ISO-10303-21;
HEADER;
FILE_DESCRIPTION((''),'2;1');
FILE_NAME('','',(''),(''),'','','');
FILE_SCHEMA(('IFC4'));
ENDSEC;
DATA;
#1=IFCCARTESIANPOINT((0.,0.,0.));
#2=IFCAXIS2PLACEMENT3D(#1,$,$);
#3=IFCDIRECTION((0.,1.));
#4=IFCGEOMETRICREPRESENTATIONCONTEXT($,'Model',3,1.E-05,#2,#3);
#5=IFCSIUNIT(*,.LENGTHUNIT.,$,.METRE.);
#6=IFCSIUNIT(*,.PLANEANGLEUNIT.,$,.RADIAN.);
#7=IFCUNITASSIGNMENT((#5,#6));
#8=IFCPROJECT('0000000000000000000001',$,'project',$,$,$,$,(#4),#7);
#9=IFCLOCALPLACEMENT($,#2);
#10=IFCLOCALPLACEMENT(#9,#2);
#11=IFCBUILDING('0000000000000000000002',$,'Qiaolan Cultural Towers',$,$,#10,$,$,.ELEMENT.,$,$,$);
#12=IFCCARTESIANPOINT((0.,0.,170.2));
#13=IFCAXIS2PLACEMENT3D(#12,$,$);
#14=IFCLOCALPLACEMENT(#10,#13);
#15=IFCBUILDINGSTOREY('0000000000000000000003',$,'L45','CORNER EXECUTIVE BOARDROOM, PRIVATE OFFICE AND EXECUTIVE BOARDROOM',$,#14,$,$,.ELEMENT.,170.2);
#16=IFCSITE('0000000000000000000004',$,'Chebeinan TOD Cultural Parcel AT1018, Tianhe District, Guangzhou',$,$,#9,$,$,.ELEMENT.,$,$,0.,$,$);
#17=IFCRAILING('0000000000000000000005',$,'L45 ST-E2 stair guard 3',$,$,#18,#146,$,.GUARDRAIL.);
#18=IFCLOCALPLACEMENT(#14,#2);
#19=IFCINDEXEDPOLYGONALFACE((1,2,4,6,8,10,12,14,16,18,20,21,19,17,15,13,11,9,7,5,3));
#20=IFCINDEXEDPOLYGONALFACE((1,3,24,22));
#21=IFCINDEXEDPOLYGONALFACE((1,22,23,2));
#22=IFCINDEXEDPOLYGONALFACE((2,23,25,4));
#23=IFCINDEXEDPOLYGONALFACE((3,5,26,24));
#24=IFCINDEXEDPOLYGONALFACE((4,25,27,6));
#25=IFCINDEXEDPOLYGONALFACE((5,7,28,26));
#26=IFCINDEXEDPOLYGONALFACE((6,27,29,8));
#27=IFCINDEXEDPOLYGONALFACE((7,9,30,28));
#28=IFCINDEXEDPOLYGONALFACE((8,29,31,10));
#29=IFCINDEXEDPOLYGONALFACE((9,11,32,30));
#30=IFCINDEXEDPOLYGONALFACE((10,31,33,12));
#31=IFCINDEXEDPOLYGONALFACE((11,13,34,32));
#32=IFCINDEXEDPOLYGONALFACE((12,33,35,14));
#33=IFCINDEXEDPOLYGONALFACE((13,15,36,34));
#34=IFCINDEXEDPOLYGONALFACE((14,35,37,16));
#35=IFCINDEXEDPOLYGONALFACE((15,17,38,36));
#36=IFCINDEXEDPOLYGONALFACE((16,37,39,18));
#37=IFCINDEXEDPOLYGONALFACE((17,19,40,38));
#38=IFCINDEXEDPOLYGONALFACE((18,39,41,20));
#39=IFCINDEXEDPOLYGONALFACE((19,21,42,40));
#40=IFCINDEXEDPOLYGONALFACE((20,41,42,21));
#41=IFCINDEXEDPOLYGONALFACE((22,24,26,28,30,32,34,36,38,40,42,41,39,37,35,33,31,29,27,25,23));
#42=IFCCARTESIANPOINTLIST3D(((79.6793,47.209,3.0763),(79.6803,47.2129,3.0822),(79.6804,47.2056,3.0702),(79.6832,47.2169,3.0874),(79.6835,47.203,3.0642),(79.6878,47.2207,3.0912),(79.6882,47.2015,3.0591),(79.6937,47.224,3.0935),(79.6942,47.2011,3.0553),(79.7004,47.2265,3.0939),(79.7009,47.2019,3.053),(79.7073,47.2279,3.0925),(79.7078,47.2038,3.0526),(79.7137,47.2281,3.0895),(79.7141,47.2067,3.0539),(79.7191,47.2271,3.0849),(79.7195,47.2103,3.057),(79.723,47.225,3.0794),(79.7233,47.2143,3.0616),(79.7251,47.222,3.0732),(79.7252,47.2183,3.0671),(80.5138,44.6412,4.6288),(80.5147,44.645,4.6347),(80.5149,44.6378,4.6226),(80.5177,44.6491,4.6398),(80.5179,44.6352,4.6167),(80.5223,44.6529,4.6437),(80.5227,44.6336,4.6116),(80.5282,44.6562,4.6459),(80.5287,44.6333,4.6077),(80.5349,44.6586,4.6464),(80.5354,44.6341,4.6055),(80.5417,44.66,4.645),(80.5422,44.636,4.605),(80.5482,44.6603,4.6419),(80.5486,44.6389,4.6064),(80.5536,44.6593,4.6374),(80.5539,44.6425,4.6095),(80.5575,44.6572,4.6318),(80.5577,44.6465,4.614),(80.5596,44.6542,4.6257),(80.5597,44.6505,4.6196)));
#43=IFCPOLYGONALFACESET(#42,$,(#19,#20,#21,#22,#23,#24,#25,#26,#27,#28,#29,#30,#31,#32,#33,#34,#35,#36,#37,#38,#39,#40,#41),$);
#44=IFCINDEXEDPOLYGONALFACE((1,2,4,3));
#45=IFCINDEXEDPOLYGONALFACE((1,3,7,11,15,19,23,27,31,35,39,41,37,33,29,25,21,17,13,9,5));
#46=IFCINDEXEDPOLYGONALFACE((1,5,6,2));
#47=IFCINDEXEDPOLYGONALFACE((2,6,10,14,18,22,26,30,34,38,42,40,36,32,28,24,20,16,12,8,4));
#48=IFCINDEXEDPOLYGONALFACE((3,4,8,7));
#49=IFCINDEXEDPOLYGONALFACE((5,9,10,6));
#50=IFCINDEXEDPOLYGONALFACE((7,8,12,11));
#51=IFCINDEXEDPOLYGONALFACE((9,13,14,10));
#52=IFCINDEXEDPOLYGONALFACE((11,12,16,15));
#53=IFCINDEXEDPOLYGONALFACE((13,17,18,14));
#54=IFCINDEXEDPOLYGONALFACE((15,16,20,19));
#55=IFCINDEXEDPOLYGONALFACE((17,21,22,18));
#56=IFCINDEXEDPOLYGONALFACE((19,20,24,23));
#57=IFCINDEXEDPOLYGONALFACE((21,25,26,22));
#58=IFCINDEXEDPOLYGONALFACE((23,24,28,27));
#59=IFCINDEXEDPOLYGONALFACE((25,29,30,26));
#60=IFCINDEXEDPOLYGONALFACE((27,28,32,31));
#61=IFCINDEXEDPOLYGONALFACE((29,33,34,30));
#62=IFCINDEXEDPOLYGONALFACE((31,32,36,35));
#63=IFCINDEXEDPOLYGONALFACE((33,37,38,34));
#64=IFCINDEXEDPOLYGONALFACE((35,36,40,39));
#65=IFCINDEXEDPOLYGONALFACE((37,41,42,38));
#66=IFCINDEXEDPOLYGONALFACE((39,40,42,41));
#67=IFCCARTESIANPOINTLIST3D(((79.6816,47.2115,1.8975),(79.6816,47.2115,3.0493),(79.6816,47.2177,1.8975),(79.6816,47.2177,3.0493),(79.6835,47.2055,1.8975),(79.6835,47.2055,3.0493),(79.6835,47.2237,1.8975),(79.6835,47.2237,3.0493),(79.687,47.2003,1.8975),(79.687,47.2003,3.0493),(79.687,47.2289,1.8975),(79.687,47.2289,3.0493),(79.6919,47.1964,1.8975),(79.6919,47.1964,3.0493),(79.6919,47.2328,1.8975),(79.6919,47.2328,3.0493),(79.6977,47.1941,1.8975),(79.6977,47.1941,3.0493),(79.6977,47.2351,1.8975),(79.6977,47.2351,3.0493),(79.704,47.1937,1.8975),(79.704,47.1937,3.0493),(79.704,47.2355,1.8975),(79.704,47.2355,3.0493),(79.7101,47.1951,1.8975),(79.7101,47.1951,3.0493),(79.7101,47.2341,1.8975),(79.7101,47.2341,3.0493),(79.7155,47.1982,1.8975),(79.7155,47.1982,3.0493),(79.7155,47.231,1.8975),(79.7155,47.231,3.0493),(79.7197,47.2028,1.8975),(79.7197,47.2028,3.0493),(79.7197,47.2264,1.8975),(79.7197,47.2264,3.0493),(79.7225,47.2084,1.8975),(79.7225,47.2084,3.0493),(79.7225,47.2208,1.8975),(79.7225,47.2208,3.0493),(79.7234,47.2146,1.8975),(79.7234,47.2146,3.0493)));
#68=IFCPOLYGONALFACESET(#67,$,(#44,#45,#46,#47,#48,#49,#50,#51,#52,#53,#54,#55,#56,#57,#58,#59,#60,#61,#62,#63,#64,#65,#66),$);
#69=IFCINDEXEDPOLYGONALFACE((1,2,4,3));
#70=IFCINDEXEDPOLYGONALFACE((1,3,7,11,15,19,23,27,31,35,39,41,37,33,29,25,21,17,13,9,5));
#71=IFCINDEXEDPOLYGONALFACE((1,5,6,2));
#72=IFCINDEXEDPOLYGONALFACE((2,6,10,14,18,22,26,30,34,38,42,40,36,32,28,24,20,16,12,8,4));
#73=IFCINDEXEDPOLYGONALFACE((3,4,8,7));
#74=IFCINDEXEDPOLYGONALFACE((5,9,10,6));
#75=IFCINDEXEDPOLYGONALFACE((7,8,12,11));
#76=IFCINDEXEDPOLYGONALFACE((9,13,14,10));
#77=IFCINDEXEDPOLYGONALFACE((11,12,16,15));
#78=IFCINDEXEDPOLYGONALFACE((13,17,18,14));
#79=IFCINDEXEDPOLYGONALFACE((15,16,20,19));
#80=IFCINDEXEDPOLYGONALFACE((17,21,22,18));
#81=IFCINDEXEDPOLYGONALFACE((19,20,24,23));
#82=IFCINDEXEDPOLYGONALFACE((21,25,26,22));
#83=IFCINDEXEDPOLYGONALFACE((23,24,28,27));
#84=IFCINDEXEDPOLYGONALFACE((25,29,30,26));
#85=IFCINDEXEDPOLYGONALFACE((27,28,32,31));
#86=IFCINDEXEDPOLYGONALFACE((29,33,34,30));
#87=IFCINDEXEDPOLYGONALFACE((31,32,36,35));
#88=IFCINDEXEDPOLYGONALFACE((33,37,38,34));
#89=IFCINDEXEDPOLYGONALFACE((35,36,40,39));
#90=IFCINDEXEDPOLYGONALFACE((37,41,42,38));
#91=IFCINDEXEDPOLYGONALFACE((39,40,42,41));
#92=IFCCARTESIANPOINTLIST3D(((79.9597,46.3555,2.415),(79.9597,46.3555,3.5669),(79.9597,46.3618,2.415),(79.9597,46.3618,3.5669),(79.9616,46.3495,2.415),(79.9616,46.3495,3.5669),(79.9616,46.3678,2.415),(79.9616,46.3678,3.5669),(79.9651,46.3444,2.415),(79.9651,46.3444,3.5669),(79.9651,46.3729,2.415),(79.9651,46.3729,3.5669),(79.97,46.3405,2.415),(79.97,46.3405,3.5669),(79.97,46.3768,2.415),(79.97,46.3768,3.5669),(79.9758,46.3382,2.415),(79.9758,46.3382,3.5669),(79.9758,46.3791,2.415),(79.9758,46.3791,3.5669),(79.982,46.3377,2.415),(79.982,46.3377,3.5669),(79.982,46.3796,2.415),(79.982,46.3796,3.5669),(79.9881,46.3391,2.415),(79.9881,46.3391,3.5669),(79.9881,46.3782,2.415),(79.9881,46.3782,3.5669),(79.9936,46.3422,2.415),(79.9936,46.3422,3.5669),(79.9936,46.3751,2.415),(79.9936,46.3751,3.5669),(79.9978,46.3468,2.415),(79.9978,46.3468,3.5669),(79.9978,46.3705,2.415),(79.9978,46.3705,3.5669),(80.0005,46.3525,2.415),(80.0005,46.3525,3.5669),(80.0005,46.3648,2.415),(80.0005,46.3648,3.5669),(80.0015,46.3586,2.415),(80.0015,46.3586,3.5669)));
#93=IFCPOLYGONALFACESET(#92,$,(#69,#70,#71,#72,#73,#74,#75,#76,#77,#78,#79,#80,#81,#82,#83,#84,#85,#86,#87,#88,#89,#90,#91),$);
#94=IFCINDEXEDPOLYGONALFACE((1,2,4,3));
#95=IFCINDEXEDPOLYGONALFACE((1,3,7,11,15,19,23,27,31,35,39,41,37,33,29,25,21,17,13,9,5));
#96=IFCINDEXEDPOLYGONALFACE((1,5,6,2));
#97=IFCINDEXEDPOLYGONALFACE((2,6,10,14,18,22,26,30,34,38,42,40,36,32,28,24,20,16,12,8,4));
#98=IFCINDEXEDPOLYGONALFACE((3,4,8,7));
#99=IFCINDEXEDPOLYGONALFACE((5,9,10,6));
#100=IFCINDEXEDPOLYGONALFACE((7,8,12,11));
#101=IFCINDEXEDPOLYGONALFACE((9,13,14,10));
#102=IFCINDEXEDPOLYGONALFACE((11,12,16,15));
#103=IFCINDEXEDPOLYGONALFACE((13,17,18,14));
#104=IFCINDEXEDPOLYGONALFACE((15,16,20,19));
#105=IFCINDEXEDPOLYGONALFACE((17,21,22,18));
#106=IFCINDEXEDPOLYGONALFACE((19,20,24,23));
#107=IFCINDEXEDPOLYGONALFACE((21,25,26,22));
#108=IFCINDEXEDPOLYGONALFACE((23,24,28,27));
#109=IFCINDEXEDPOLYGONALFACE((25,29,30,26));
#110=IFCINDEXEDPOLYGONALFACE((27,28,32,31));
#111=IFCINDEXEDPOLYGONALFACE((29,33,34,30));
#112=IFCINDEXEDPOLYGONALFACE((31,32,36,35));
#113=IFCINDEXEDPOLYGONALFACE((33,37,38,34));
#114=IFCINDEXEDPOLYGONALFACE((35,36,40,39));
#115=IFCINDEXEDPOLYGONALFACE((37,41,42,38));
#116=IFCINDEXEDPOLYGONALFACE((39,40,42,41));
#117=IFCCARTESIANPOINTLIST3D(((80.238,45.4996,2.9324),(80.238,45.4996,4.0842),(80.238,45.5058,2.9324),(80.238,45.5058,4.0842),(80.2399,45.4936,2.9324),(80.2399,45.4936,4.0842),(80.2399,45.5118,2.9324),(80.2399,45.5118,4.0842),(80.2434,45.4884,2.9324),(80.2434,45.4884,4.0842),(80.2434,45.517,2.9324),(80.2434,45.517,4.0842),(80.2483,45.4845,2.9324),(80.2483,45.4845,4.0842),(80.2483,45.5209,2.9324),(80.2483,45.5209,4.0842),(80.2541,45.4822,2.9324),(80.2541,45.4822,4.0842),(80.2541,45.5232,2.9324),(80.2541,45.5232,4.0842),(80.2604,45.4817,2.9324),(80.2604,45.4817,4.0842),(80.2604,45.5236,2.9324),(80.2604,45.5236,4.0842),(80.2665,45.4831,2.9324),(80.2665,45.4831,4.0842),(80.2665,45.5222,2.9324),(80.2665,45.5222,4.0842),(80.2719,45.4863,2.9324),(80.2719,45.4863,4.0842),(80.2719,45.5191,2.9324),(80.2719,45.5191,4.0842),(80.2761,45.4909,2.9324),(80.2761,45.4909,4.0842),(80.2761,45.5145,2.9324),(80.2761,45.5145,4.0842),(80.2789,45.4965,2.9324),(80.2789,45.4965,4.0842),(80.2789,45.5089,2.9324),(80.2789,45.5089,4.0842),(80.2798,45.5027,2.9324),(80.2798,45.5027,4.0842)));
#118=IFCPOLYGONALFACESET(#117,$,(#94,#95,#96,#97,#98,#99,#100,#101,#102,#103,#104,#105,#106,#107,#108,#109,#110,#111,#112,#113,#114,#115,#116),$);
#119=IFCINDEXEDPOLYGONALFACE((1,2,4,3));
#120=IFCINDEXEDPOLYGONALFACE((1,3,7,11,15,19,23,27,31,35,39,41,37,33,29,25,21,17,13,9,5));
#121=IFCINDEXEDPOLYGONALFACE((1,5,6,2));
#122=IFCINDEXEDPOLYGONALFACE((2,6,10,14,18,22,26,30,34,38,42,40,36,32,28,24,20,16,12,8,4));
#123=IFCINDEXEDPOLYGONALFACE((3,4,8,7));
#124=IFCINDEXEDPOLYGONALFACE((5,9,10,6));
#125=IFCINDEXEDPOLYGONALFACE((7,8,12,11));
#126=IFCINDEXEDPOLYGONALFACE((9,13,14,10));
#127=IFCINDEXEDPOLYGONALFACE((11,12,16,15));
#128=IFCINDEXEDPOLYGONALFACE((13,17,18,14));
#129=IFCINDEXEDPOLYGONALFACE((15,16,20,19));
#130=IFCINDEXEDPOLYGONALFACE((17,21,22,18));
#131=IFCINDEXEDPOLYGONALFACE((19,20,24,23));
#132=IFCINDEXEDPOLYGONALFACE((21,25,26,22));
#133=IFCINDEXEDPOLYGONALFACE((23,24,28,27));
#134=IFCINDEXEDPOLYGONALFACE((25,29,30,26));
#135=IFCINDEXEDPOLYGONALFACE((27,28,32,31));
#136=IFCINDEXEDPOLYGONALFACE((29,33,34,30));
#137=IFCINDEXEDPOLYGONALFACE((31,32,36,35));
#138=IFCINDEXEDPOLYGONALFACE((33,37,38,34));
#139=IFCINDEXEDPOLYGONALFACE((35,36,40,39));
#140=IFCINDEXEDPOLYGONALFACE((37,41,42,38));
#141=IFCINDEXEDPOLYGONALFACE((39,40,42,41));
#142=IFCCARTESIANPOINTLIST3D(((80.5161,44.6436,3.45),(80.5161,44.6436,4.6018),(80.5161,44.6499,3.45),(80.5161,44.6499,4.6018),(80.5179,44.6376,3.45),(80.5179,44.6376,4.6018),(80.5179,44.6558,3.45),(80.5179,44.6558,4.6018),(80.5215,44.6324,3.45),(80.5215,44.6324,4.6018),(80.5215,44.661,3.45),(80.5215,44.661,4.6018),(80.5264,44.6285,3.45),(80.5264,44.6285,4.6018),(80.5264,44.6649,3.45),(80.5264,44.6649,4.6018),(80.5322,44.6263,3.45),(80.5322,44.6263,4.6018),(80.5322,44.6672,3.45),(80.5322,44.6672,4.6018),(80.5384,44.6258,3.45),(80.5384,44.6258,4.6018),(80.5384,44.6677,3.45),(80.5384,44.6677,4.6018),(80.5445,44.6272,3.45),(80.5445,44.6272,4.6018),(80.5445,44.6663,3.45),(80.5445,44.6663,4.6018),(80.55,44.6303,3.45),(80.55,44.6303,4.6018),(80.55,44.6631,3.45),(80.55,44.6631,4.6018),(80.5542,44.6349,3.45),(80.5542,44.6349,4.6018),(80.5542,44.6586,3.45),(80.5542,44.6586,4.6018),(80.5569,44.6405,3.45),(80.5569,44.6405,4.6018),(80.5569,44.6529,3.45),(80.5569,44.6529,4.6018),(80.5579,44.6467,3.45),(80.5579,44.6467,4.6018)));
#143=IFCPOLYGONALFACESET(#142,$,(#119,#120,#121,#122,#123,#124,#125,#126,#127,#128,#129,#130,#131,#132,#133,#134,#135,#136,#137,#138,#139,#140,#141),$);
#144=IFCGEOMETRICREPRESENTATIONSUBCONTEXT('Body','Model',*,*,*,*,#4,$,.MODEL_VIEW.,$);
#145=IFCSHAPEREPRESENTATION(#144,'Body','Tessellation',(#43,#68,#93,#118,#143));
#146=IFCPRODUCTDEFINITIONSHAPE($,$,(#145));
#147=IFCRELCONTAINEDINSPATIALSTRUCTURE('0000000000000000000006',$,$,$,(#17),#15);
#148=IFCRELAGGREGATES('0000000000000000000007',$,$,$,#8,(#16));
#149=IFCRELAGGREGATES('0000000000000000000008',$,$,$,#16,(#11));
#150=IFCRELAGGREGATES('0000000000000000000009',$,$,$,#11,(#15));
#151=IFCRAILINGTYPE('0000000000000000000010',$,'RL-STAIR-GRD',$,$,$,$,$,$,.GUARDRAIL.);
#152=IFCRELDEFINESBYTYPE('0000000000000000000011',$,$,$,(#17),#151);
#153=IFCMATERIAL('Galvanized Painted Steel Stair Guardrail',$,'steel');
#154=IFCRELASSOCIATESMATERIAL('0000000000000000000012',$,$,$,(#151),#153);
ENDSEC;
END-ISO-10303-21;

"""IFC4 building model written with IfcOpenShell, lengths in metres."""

from ifc_helpers import new_model, si_unit, direction, frame, origin, origin_2d, place, context, subcontext, project, spatial, circle, extrude, material, type_object, element, save


model = new_model("IFC4")

# Units and contexts
model_context = context("Model", 3, precision=1e-05, world=origin(), true_north=direction((0.0, 1.0)))
body_context = subcontext(model_context, "Body", "Model", "MODEL_VIEW")
ifc_project = project(units=[si_unit("LENGTHUNIT", "METRE"), si_unit("PLANEANGLEUNIT", "RADIAN")], contexts=[model_context])

# Site, building, storey
site_placement = place(None, origin())
site = spatial("IfcSite", under=ifc_project, at=site_placement, Name="Chebeinan TOD Cultural Parcel AT1018, Tianhe District, Guangzhou", CompositionType="ELEMENT", RefElevation=0.0)
building_placement = place(site_placement, origin())
building = spatial("IfcBuilding", under=site, at=building_placement, Name="Qiaolan Cultural Towers", CompositionType="ELEMENT")
storey_placement = place(building_placement, frame((0.0, 0.0, 170.2)))
storey = spatial("IfcBuildingStorey", under=building, at=storey_placement, Name="L45", Description="CORNER EXECUTIVE BOARDROOM, PRIVATE OFFICE AND EXECUTIVE BOARDROOM", CompositionType="ELEMENT", Elevation=170.2)

# Railing
ifc_material_1 = material(Name="Galvanized Painted Steel Stair Guardrail", Category="steel")
railing_type_1 = type_object("IfcRailingType", Name="RL-STAIR-GRD", PredefinedType="GUARDRAIL", material=ifc_material_1)
railing_1_placement = place(storey_placement, frame((79.7024, 47.2146, 1.8975)))
element("IfcRailing", 1, at=railing_1_placement, inside=storey, type_object=railing_type_1, Name="L45 ST-E2 stair guard 3", PredefinedType="GUARDRAIL", context=body_context, shape_type="SweptSolid", body=[
    extrude(circle(Radius=0.0239, at=origin_2d()), frame((0.0, 0.0, 1.1758), z_axis=(0.267926, -0.824471, 0.498461), x_axis=(0.951043, 0.309057, 0.0)), (0.0, 0.0, 1.0), 3.1145),
    extrude(circle(Radius=0.021, at=origin_2d()), origin(), (0.0, 0.0, 1.0), 1.1519),
    extrude(circle(Radius=0.021, at=origin_2d()), frame((0.2781, -0.856, 0.5176)), (0.0, 0.0, 1.0), 1.1519),
    extrude(circle(Radius=0.021, at=origin_2d()), frame((0.5564, -1.7119, 1.0349)), (0.0, 0.0, 1.0), 1.1519),
    extrude(circle(Radius=0.021, at=origin_2d()), frame((0.8345, -2.5679, 1.5525)), (0.0, 0.0, 1.0), 1.1519),
])

save(model, "model.ifc")
